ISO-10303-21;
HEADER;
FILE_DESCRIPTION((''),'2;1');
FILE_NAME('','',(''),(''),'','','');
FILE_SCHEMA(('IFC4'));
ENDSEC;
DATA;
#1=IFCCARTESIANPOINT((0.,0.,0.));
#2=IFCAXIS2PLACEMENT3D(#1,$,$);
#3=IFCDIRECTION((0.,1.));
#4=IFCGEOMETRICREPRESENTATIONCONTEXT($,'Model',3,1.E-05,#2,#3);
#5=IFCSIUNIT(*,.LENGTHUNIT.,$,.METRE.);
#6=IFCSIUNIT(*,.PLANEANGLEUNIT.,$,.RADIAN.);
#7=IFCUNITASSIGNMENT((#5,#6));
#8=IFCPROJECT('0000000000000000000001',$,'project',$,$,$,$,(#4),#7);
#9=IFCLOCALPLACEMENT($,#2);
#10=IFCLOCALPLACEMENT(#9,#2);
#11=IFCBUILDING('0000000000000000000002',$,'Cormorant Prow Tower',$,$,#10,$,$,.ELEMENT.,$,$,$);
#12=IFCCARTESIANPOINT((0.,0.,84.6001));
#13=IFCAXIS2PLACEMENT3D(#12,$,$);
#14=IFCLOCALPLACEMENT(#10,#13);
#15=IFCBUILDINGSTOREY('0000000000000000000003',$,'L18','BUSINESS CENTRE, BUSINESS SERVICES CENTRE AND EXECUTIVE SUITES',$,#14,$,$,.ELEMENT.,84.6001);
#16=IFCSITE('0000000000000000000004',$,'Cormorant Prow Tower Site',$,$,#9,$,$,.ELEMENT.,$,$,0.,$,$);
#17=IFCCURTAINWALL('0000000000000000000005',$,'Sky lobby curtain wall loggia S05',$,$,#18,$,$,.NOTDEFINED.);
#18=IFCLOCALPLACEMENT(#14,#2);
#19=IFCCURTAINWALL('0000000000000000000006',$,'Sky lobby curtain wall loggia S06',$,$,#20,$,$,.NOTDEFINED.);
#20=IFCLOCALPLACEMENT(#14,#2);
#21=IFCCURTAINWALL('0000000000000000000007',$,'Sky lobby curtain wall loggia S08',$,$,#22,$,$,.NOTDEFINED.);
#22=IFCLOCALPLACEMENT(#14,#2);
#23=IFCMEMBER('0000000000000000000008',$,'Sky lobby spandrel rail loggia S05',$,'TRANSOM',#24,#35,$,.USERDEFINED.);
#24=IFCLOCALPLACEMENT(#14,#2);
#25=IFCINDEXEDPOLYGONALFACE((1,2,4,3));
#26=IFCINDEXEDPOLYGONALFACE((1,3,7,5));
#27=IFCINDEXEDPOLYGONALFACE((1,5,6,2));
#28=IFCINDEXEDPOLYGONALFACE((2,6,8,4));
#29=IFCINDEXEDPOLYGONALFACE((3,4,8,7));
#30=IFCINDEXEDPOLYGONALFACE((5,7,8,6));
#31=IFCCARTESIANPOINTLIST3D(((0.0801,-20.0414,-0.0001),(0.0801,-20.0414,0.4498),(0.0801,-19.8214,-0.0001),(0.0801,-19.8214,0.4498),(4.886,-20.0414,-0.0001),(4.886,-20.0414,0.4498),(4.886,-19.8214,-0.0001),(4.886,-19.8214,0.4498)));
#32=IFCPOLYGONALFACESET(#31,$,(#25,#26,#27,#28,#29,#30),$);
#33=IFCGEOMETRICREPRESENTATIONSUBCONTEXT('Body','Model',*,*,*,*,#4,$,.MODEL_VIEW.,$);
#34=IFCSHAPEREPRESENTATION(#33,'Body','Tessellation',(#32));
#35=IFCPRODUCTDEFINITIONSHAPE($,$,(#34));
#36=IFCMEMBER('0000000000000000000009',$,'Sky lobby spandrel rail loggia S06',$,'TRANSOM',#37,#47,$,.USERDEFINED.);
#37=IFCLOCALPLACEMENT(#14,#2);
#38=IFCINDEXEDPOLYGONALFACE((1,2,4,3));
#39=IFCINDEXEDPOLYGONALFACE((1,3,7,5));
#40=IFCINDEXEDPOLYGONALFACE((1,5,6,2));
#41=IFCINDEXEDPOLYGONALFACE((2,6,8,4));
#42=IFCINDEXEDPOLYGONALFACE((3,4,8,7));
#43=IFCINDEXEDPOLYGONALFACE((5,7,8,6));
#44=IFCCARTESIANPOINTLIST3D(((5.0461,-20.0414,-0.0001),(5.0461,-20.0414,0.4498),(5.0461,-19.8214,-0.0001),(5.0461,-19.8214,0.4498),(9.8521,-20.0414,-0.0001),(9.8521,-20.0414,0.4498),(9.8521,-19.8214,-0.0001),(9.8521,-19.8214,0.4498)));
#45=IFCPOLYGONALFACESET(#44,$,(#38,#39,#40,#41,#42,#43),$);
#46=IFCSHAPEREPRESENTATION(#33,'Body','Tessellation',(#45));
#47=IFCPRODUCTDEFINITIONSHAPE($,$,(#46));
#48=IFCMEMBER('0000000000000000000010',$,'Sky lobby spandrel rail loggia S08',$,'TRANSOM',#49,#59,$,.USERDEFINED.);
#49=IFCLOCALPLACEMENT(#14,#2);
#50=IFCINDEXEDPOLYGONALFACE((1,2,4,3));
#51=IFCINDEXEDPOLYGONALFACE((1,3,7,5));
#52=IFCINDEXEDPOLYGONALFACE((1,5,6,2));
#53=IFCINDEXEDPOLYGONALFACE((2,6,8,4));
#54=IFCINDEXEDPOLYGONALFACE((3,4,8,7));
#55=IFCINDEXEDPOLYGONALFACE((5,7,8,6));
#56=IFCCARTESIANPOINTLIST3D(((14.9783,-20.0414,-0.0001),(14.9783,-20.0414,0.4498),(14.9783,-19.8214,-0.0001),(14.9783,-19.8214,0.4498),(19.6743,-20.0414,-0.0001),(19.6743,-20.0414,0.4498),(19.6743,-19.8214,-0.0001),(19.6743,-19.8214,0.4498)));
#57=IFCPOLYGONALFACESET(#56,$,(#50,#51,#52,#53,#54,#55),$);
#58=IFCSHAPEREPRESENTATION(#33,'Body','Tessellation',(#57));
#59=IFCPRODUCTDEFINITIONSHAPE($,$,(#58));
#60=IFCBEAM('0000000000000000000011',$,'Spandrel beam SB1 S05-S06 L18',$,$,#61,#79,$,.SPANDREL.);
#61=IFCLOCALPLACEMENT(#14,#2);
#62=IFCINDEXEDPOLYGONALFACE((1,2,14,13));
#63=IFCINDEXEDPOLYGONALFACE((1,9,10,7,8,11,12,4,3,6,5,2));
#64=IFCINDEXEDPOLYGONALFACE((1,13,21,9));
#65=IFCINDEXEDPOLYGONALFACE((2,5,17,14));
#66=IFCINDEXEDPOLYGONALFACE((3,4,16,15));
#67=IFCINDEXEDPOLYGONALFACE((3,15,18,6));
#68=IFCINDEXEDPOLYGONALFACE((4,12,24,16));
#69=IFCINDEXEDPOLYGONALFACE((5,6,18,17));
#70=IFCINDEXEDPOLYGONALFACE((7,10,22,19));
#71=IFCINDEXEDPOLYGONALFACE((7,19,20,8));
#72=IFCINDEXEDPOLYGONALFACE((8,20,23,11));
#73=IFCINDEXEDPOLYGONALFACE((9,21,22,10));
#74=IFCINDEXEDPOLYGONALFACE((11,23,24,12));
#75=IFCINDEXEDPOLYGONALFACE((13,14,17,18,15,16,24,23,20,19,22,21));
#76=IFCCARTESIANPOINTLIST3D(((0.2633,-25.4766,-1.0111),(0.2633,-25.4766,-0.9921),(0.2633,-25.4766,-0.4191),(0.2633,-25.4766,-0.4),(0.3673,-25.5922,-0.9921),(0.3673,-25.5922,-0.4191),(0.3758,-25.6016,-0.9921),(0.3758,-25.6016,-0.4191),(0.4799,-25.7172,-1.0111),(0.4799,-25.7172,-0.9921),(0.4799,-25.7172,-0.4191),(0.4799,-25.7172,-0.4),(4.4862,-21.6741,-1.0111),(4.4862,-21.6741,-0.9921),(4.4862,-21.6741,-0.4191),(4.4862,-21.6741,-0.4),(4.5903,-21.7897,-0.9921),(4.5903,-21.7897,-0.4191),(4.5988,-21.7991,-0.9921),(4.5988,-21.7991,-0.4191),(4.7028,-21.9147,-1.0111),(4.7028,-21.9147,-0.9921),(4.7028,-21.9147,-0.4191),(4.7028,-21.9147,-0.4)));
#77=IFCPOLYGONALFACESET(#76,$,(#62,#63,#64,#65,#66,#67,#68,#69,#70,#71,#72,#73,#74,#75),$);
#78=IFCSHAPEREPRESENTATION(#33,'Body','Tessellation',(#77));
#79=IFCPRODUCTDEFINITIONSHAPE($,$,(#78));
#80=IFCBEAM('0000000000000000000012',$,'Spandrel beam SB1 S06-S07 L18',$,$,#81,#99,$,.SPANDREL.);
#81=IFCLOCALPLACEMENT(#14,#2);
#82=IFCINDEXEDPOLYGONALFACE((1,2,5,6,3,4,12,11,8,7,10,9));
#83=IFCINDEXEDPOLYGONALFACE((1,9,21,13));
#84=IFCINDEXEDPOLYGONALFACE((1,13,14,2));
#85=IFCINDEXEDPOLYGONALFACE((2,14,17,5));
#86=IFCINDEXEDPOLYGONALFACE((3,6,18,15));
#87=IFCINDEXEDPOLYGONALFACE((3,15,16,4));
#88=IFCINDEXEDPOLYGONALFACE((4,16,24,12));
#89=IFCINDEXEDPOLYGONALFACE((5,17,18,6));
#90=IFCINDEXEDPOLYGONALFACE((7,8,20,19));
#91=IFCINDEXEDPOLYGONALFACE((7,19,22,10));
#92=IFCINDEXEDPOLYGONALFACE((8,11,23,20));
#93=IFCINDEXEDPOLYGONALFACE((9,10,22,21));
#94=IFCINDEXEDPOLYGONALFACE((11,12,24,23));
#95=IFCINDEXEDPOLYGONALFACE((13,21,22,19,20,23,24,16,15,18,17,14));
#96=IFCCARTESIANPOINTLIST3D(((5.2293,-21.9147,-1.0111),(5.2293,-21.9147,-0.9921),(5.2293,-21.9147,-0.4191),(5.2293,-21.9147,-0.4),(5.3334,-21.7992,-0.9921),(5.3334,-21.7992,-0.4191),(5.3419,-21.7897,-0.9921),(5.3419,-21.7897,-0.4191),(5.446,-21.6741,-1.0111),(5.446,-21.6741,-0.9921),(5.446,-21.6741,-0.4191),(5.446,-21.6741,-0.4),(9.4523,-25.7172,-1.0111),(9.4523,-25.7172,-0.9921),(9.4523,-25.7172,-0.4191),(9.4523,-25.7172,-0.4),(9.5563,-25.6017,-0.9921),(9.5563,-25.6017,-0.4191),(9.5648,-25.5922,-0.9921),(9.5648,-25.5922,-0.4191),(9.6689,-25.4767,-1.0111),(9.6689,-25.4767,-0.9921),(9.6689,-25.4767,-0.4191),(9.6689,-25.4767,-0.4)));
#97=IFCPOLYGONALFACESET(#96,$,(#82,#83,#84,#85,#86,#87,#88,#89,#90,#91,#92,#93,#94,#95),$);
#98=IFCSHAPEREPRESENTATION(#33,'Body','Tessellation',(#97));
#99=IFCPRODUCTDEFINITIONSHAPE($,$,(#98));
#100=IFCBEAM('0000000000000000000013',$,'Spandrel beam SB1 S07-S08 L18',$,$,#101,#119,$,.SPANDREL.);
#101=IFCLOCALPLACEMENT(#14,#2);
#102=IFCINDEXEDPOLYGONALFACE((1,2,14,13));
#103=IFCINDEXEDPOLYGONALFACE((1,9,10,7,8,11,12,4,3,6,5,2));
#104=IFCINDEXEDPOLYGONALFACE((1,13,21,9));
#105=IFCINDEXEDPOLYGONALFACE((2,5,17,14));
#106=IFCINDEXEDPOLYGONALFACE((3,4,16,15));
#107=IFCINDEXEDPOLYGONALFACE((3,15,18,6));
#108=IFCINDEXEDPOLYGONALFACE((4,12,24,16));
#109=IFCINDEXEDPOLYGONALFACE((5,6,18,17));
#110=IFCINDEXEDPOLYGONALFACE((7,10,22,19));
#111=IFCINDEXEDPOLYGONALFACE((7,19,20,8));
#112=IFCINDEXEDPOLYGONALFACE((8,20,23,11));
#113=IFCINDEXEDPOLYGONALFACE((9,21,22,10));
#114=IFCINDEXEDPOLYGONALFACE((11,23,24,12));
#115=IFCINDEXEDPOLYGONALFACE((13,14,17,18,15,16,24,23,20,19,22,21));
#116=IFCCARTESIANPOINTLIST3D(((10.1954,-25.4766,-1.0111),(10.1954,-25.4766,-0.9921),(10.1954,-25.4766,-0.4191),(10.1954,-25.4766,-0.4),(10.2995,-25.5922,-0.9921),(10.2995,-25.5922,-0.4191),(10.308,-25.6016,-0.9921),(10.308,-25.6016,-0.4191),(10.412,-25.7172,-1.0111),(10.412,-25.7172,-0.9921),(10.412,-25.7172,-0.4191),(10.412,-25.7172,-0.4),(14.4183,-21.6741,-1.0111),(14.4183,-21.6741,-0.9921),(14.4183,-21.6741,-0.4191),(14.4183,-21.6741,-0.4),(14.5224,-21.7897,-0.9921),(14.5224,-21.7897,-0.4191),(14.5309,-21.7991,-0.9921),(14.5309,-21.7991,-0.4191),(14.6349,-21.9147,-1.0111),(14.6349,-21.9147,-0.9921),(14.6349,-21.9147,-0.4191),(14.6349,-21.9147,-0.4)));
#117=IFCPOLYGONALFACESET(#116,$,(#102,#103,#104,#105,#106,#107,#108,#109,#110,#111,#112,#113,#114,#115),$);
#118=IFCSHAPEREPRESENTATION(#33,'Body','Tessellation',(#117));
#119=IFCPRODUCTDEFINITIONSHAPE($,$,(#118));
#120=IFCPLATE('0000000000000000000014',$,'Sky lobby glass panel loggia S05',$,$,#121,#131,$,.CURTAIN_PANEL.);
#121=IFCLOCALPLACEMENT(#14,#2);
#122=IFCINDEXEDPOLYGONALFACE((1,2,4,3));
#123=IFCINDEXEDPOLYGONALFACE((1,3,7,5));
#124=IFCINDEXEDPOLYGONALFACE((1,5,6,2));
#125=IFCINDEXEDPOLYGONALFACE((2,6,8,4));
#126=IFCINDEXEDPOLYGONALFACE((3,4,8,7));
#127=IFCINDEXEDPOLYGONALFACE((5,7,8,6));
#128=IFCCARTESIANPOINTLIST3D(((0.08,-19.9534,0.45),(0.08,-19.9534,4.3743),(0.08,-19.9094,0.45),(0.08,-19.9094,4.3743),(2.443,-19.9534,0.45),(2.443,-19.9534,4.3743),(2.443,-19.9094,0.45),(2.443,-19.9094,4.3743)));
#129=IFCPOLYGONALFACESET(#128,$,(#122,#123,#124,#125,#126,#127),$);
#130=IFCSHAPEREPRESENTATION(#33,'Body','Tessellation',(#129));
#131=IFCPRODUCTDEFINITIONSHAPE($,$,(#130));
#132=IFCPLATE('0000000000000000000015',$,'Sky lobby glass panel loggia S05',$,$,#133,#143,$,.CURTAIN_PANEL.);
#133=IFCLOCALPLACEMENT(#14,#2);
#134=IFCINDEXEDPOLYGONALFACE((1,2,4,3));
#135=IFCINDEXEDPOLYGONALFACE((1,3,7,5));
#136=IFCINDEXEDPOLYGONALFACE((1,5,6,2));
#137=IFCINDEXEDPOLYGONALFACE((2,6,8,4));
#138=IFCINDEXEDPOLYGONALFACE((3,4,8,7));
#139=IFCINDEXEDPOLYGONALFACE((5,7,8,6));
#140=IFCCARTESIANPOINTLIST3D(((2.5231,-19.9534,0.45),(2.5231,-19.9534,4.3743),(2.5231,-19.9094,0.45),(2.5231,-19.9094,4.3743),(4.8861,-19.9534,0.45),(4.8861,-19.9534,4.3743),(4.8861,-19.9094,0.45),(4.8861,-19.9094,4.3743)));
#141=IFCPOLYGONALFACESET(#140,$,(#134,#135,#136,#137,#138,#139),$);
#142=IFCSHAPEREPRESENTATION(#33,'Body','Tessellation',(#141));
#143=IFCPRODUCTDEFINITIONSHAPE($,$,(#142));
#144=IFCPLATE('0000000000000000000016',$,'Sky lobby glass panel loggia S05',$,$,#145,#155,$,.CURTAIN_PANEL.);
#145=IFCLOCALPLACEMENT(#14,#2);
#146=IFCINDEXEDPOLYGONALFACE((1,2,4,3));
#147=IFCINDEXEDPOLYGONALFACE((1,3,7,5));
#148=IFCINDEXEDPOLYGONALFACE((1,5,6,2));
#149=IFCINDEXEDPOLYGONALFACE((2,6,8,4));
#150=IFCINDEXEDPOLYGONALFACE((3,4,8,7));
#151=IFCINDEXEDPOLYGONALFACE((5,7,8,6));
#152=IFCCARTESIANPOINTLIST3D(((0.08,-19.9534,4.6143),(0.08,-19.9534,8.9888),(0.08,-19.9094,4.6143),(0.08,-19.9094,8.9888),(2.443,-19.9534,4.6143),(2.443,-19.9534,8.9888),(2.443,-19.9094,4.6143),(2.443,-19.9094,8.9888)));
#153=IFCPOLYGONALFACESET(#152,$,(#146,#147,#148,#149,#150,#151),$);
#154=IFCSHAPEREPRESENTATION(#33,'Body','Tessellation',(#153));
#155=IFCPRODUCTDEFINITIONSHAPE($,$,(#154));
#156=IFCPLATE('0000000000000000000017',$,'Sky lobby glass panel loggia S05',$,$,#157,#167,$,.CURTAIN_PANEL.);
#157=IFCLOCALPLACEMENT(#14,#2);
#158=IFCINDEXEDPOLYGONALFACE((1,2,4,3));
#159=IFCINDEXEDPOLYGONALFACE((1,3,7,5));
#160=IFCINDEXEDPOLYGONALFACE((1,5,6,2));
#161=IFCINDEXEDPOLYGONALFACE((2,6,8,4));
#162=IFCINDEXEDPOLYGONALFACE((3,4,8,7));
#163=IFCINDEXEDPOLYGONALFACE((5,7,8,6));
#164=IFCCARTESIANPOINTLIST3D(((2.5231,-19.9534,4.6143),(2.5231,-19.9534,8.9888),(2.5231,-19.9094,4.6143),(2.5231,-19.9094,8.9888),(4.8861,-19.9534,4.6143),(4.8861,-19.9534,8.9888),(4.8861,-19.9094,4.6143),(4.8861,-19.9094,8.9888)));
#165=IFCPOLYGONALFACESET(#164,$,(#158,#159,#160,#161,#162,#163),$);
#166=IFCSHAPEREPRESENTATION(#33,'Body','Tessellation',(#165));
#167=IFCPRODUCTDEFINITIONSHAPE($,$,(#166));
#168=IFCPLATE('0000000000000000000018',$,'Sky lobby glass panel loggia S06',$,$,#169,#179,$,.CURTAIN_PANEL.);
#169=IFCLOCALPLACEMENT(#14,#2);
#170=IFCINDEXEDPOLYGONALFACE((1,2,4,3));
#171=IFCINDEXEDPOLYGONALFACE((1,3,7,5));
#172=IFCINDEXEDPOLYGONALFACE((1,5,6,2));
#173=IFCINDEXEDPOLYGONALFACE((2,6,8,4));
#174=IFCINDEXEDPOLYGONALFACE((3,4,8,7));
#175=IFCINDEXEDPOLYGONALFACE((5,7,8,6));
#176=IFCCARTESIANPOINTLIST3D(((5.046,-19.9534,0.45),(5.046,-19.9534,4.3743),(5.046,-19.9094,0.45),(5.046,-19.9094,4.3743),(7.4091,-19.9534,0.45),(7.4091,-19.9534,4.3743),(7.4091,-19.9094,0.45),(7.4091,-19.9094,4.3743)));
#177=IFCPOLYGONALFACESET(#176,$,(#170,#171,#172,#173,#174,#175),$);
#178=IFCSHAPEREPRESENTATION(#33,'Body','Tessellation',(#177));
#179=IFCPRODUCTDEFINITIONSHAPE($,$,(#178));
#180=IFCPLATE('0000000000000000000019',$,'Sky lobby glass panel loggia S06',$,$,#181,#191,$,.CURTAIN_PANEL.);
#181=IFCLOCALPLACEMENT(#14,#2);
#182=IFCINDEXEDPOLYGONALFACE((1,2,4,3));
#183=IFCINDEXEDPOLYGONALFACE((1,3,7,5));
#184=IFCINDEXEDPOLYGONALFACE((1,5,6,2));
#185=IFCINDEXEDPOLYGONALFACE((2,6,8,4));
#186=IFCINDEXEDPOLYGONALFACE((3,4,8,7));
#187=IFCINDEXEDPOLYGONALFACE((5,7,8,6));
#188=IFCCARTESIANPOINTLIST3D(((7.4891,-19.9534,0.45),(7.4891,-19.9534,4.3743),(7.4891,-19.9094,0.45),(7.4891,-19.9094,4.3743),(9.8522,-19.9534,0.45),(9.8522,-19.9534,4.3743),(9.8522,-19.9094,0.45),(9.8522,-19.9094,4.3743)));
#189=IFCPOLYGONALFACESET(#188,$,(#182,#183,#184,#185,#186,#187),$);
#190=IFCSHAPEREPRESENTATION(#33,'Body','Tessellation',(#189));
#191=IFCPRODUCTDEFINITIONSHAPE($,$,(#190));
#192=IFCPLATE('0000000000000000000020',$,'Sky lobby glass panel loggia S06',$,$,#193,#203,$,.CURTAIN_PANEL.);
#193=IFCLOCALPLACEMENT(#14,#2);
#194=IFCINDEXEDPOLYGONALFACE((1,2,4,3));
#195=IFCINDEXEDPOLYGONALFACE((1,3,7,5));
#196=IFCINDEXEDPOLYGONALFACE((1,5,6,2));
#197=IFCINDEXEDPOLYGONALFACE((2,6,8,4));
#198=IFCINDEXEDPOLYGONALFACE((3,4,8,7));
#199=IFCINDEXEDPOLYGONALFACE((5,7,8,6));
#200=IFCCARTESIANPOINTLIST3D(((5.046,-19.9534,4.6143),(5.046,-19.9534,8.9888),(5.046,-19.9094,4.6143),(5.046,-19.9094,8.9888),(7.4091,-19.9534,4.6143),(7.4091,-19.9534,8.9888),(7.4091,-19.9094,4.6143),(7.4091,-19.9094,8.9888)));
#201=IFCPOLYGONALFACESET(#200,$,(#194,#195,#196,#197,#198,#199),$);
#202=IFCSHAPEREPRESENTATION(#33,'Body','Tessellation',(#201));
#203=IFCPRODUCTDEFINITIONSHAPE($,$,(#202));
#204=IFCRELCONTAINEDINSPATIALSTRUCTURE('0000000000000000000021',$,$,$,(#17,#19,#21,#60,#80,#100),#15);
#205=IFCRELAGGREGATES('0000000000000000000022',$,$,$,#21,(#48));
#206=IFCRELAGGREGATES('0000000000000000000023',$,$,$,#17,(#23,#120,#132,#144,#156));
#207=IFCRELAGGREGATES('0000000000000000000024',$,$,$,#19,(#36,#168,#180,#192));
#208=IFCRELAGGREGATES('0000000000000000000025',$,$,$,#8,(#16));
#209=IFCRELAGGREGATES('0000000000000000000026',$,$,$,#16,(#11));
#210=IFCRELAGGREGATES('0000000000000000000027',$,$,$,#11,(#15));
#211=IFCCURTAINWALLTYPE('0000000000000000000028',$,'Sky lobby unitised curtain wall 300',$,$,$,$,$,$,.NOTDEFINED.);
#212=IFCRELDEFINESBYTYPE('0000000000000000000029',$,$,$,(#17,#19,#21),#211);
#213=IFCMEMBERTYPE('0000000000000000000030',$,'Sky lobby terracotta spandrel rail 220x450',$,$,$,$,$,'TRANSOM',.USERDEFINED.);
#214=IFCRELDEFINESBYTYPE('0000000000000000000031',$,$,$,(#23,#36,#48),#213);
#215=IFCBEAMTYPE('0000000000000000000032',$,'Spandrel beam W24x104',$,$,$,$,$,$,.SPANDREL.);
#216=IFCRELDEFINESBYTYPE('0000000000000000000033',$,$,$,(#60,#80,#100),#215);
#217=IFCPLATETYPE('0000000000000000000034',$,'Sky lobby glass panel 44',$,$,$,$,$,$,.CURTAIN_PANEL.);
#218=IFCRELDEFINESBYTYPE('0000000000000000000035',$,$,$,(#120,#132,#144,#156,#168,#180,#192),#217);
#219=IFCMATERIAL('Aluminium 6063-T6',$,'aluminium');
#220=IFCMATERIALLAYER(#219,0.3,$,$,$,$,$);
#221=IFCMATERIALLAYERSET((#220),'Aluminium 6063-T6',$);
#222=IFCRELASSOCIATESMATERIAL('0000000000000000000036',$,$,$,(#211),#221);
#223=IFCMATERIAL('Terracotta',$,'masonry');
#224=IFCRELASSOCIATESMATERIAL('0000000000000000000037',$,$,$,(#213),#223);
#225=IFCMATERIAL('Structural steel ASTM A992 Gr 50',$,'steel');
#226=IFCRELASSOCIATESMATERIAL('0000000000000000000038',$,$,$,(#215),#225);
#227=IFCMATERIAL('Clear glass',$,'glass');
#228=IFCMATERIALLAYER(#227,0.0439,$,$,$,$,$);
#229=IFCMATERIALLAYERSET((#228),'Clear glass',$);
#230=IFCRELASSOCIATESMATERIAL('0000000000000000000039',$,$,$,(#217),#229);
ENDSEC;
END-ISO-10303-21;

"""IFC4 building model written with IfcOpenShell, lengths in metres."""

from ifc_helpers import new_model, si_unit, direction, frame, origin, origin_2d, place, context, subcontext, project, spatial, rectangle, i_section, extrude, material, layer, layer_set, material_profile, profile_set, type_object, element, aggregate, save


model = new_model("IFC4")

# Units and contexts
model_context = context("Model", 3, precision=1e-05, world=origin(), true_north=direction((0.0, 1.0)))
body_context = subcontext(model_context, "Body", "Model", "MODEL_VIEW")
ifc_project = project(units=[si_unit("LENGTHUNIT", "METRE"), si_unit("PLANEANGLEUNIT", "RADIAN")], contexts=[model_context])

# Site, building, storey
site_placement = place(None, origin())
site = spatial("IfcSite", under=ifc_project, at=site_placement, Name="Cormorant Prow Tower Site", CompositionType="ELEMENT", RefElevation=0.0)
building_placement = place(site_placement, origin())
building = spatial("IfcBuilding", under=site, at=building_placement, Name="Cormorant Prow Tower", CompositionType="ELEMENT")
storey_placement = place(building_placement, frame((0.0, 0.0, 84.6001)))
storey = spatial("IfcBuildingStorey", under=building, at=storey_placement, Name="L18", Description="BUSINESS CENTRE, BUSINESS SERVICES CENTRE AND EXECUTIVE SUITES", CompositionType="ELEMENT", Elevation=84.6001)

# Curtain walls
ifc_material_1 = material(Name="Aluminium 6063-T6", Category="aluminium")
ifc_layer_1 = layer(ifc_material_1, 0.3)
ifc_layer_set_1 = layer_set([ifc_layer_1], Name="Aluminium 6063-T6")
curtain_wall_type = type_object("IfcCurtainWallType", Name="Sky lobby unitised curtain wall 300", PredefinedType="NOTDEFINED", material=ifc_layer_set_1)
curtain_wall_1_placement = place(storey_placement, origin())
curtain_wall_1 = element("IfcCurtainWall", 1, at=curtain_wall_1_placement, inside=storey, type_object=curtain_wall_type, Name="Sky lobby curtain wall loggia S05", PredefinedType="NOTDEFINED")
curtain_wall_2_placement = place(storey_placement, origin())
curtain_wall_2 = element("IfcCurtainWall", 2, at=curtain_wall_2_placement, inside=storey, type_object=curtain_wall_type, Name="Sky lobby curtain wall loggia S06", PredefinedType="NOTDEFINED")

# Curtain wall
curtain_wall_3_placement = place(storey_placement, origin())
curtain_wall_3 = element("IfcCurtainWall", 3, at=curtain_wall_3_placement, inside=storey, type_object=curtain_wall_type, Name="Sky lobby curtain wall loggia S08", PredefinedType="NOTDEFINED")

# Members
ifc_material_2 = material(Name="Terracotta", Category="masonry")
ifc_material_profile_1 = material_profile(ifc_material_2, rectangle(XDim=0.22, YDim=0.45, at=origin_2d()), Name="Sky lobby terracotta spandrel rail 220x450")
ifc_profile_set_1 = profile_set([ifc_material_profile_1], Name="Terracotta")
member_type_1 = type_object("IfcMemberType", Name="Sky lobby terracotta spandrel rail 220x450", ElementType="TRANSOM", PredefinedType="USERDEFINED", material=ifc_profile_set_1)
member_1_placement = place(storey_placement, frame((0.0801, -19.9314, 0.2249), z_axis=(1.0, 0.0, 0.0), x_axis=(0.0, 1.0, 0.0)))
member_1 = element("IfcMember", 4, at=member_1_placement, type_object=member_type_1, Name="Sky lobby spandrel rail loggia S05", ObjectType="TRANSOM", PredefinedType="USERDEFINED", context=body_context, shape_type="SweptSolid", body=[
    extrude(rectangle(XDim=0.22, YDim=0.45, at=origin_2d()), origin(), (0.0, 0.0, 1.0), 4.8059),
])
member_2_placement = place(storey_placement, frame((5.0461, -19.9314, 0.2249), z_axis=(1.0, 0.0, 0.0), x_axis=(0.0, 1.0, 0.0)))
member_2 = element("IfcMember", 5, at=member_2_placement, type_object=member_type_1, Name="Sky lobby spandrel rail loggia S06", ObjectType="TRANSOM", PredefinedType="USERDEFINED", context=body_context, shape_type="SweptSolid", body=[
    extrude(rectangle(XDim=0.22, YDim=0.45, at=origin_2d()), origin(), (0.0, 0.0, 1.0), 4.8059),
])
member_3_placement = place(storey_placement, frame((14.9783, -19.9314, 0.2249), z_axis=(1.0, 0.0, 0.0), x_axis=(0.0, 1.0, 0.0)))
member_3 = element("IfcMember", 6, at=member_3_placement, type_object=member_type_1, Name="Sky lobby spandrel rail loggia S08", ObjectType="TRANSOM", PredefinedType="USERDEFINED", context=body_context, shape_type="SweptSolid", body=[
    extrude(rectangle(XDim=0.22, YDim=0.45, at=origin_2d()), origin(), (0.0, 0.0, 1.0), 4.696),
])
aggregate(curtain_wall_3, [member_3])

# Beams
ifc_material_3 = material(Name="Structural steel ASTM A992 Gr 50", Category="steel")
ifc_material_profile_2 = material_profile(ifc_material_3, i_section(OverallWidth=0.3237, OverallDepth=0.6111, WebThickness=0.0127, FlangeThickness=0.019, at=origin_2d()), Name="W24x104")
ifc_profile_set_2 = profile_set([ifc_material_profile_2], Name="Structural steel ASTM A992 Gr 50")
beam_type = type_object("IfcBeamType", Name="Spandrel beam W24x104", PredefinedType="SPANDREL", material=ifc_profile_set_2)
for number, where, z_axis, x_axis, name in (
    (7, (0.3716, -25.5969, -0.7056), (0.74313, 0.669147, 0.0), (-0.669147, 0.74313, 0.0), "Spandrel beam SB1 S05-S06 L18"),
    (8, (5.3376, -21.7944, -0.7056), (0.74313, -0.669147, 0.0), (0.669147, 0.74313, 0.0), "Spandrel beam SB1 S06-S07 L18"),
    (9, (10.3037, -25.5969, -0.7056), (0.74313, 0.669147, 0.0), (-0.669147, 0.74313, 0.0), "Spandrel beam SB1 S07-S08 L18"),
):
    element("IfcBeam", number, at=place(storey_placement, frame(where, z_axis=z_axis, x_axis=x_axis)), inside=storey, type_object=beam_type, Name=name, PredefinedType="SPANDREL", context=body_context, shape_type="SweptSolid", body=[
        extrude(i_section(OverallWidth=0.3237, OverallDepth=0.6111, WebThickness=0.0127, FlangeThickness=0.019, at=origin_2d()), origin(), (0.0, 0.0, 1.0), 5.6826),
    ])

# Plates
ifc_material_4 = material(Name="Clear glass", Category="glass")
ifc_layer_2 = layer(ifc_material_4, 0.0439)
ifc_layer_set_2 = layer_set([ifc_layer_2], Name="Clear glass")
plate_type = type_object("IfcPlateType", Name="Sky lobby glass panel 44", PredefinedType="CURTAIN_PANEL", material=ifc_layer_set_2)
plate_1_placement = place(storey_placement, frame((1.2615, -19.9314, 0.45), z_axis=(0.0, 0.0, 1.0), x_axis=(1.0, 0.0, 0.0)))
plate_1 = element("IfcPlate", 10, at=plate_1_placement, type_object=plate_type, Name="Sky lobby glass panel loggia S05", PredefinedType="CURTAIN_PANEL", context=body_context, shape_type="SweptSolid", body=[
    extrude(rectangle(XDim=2.363, YDim=0.0439, at=origin_2d()), origin(), (0.0, 0.0, 1.0), 3.9243),
])
plate_2_placement = place(storey_placement, frame((3.7046, -19.9314, 0.45), z_axis=(0.0, 0.0, 1.0), x_axis=(1.0, 0.0, 0.0)))
plate_2 = element("IfcPlate", 11, at=plate_2_placement, type_object=plate_type, Name="Sky lobby glass panel loggia S05", PredefinedType="CURTAIN_PANEL", context=body_context, shape_type="SweptSolid", body=[
    extrude(rectangle(XDim=2.363, YDim=0.0439, at=origin_2d()), origin(), (0.0, 0.0, 1.0), 3.9243),
])
plate_3_placement = place(storey_placement, frame((1.2615, -19.9314, 4.6143), z_axis=(0.0, 0.0, 1.0), x_axis=(1.0, 0.0, 0.0)))
plate_3 = element("IfcPlate", 12, at=plate_3_placement, type_object=plate_type, Name="Sky lobby glass panel loggia S05", PredefinedType="CURTAIN_PANEL", context=body_context, shape_type="SweptSolid", body=[
    extrude(rectangle(XDim=2.363, YDim=0.0439, at=origin_2d()), origin(), (0.0, 0.0, 1.0), 4.3745),
])
plate_4_placement = place(storey_placement, frame((3.7046, -19.9314, 4.6143), z_axis=(0.0, 0.0, 1.0), x_axis=(1.0, 0.0, 0.0)))
plate_4 = element("IfcPlate", 13, at=plate_4_placement, type_object=plate_type, Name="Sky lobby glass panel loggia S05", PredefinedType="CURTAIN_PANEL", context=body_context, shape_type="SweptSolid", body=[
    extrude(rectangle(XDim=2.363, YDim=0.0439, at=origin_2d()), origin(), (0.0, 0.0, 1.0), 4.3745),
])
aggregate(curtain_wall_1, [member_1, plate_1, plate_2, plate_3, plate_4])
plate_5_placement = place(storey_placement, frame((6.2275, -19.9314, 0.45), z_axis=(0.0, 0.0, 1.0), x_axis=(1.0, 0.0, 0.0)))
plate_5 = element("IfcPlate", 14, at=plate_5_placement, type_object=plate_type, Name="Sky lobby glass panel loggia S06", PredefinedType="CURTAIN_PANEL", context=body_context, shape_type="SweptSolid", body=[
    extrude(rectangle(XDim=2.363, YDim=0.0439, at=origin_2d()), origin(), (0.0, 0.0, 1.0), 3.9243),
])
plate_6_placement = place(storey_placement, frame((8.6707, -19.9314, 0.45), z_axis=(0.0, 0.0, 1.0), x_axis=(1.0, 0.0, 0.0)))
plate_6 = element("IfcPlate", 15, at=plate_6_placement, type_object=plate_type, Name="Sky lobby glass panel loggia S06", PredefinedType="CURTAIN_PANEL", context=body_context, shape_type="SweptSolid", body=[
    extrude(rectangle(XDim=2.363, YDim=0.0439, at=origin_2d()), origin(), (0.0, 0.0, 1.0), 3.9243),
])
plate_7_placement = place(storey_placement, frame((6.2275, -19.9314, 4.6143), z_axis=(0.0, 0.0, 1.0), x_axis=(1.0, 0.0, 0.0)))
plate_7 = element("IfcPlate", 16, at=plate_7_placement, type_object=plate_type, Name="Sky lobby glass panel loggia S06", PredefinedType="CURTAIN_PANEL", context=body_context, shape_type="SweptSolid", body=[
    extrude(rectangle(XDim=2.363, YDim=0.0439, at=origin_2d()), origin(), (0.0, 0.0, 1.0), 4.3745),
])
aggregate(curtain_wall_2, [member_2, plate_5, plate_6, plate_7])

save(model, "model.ifc")
